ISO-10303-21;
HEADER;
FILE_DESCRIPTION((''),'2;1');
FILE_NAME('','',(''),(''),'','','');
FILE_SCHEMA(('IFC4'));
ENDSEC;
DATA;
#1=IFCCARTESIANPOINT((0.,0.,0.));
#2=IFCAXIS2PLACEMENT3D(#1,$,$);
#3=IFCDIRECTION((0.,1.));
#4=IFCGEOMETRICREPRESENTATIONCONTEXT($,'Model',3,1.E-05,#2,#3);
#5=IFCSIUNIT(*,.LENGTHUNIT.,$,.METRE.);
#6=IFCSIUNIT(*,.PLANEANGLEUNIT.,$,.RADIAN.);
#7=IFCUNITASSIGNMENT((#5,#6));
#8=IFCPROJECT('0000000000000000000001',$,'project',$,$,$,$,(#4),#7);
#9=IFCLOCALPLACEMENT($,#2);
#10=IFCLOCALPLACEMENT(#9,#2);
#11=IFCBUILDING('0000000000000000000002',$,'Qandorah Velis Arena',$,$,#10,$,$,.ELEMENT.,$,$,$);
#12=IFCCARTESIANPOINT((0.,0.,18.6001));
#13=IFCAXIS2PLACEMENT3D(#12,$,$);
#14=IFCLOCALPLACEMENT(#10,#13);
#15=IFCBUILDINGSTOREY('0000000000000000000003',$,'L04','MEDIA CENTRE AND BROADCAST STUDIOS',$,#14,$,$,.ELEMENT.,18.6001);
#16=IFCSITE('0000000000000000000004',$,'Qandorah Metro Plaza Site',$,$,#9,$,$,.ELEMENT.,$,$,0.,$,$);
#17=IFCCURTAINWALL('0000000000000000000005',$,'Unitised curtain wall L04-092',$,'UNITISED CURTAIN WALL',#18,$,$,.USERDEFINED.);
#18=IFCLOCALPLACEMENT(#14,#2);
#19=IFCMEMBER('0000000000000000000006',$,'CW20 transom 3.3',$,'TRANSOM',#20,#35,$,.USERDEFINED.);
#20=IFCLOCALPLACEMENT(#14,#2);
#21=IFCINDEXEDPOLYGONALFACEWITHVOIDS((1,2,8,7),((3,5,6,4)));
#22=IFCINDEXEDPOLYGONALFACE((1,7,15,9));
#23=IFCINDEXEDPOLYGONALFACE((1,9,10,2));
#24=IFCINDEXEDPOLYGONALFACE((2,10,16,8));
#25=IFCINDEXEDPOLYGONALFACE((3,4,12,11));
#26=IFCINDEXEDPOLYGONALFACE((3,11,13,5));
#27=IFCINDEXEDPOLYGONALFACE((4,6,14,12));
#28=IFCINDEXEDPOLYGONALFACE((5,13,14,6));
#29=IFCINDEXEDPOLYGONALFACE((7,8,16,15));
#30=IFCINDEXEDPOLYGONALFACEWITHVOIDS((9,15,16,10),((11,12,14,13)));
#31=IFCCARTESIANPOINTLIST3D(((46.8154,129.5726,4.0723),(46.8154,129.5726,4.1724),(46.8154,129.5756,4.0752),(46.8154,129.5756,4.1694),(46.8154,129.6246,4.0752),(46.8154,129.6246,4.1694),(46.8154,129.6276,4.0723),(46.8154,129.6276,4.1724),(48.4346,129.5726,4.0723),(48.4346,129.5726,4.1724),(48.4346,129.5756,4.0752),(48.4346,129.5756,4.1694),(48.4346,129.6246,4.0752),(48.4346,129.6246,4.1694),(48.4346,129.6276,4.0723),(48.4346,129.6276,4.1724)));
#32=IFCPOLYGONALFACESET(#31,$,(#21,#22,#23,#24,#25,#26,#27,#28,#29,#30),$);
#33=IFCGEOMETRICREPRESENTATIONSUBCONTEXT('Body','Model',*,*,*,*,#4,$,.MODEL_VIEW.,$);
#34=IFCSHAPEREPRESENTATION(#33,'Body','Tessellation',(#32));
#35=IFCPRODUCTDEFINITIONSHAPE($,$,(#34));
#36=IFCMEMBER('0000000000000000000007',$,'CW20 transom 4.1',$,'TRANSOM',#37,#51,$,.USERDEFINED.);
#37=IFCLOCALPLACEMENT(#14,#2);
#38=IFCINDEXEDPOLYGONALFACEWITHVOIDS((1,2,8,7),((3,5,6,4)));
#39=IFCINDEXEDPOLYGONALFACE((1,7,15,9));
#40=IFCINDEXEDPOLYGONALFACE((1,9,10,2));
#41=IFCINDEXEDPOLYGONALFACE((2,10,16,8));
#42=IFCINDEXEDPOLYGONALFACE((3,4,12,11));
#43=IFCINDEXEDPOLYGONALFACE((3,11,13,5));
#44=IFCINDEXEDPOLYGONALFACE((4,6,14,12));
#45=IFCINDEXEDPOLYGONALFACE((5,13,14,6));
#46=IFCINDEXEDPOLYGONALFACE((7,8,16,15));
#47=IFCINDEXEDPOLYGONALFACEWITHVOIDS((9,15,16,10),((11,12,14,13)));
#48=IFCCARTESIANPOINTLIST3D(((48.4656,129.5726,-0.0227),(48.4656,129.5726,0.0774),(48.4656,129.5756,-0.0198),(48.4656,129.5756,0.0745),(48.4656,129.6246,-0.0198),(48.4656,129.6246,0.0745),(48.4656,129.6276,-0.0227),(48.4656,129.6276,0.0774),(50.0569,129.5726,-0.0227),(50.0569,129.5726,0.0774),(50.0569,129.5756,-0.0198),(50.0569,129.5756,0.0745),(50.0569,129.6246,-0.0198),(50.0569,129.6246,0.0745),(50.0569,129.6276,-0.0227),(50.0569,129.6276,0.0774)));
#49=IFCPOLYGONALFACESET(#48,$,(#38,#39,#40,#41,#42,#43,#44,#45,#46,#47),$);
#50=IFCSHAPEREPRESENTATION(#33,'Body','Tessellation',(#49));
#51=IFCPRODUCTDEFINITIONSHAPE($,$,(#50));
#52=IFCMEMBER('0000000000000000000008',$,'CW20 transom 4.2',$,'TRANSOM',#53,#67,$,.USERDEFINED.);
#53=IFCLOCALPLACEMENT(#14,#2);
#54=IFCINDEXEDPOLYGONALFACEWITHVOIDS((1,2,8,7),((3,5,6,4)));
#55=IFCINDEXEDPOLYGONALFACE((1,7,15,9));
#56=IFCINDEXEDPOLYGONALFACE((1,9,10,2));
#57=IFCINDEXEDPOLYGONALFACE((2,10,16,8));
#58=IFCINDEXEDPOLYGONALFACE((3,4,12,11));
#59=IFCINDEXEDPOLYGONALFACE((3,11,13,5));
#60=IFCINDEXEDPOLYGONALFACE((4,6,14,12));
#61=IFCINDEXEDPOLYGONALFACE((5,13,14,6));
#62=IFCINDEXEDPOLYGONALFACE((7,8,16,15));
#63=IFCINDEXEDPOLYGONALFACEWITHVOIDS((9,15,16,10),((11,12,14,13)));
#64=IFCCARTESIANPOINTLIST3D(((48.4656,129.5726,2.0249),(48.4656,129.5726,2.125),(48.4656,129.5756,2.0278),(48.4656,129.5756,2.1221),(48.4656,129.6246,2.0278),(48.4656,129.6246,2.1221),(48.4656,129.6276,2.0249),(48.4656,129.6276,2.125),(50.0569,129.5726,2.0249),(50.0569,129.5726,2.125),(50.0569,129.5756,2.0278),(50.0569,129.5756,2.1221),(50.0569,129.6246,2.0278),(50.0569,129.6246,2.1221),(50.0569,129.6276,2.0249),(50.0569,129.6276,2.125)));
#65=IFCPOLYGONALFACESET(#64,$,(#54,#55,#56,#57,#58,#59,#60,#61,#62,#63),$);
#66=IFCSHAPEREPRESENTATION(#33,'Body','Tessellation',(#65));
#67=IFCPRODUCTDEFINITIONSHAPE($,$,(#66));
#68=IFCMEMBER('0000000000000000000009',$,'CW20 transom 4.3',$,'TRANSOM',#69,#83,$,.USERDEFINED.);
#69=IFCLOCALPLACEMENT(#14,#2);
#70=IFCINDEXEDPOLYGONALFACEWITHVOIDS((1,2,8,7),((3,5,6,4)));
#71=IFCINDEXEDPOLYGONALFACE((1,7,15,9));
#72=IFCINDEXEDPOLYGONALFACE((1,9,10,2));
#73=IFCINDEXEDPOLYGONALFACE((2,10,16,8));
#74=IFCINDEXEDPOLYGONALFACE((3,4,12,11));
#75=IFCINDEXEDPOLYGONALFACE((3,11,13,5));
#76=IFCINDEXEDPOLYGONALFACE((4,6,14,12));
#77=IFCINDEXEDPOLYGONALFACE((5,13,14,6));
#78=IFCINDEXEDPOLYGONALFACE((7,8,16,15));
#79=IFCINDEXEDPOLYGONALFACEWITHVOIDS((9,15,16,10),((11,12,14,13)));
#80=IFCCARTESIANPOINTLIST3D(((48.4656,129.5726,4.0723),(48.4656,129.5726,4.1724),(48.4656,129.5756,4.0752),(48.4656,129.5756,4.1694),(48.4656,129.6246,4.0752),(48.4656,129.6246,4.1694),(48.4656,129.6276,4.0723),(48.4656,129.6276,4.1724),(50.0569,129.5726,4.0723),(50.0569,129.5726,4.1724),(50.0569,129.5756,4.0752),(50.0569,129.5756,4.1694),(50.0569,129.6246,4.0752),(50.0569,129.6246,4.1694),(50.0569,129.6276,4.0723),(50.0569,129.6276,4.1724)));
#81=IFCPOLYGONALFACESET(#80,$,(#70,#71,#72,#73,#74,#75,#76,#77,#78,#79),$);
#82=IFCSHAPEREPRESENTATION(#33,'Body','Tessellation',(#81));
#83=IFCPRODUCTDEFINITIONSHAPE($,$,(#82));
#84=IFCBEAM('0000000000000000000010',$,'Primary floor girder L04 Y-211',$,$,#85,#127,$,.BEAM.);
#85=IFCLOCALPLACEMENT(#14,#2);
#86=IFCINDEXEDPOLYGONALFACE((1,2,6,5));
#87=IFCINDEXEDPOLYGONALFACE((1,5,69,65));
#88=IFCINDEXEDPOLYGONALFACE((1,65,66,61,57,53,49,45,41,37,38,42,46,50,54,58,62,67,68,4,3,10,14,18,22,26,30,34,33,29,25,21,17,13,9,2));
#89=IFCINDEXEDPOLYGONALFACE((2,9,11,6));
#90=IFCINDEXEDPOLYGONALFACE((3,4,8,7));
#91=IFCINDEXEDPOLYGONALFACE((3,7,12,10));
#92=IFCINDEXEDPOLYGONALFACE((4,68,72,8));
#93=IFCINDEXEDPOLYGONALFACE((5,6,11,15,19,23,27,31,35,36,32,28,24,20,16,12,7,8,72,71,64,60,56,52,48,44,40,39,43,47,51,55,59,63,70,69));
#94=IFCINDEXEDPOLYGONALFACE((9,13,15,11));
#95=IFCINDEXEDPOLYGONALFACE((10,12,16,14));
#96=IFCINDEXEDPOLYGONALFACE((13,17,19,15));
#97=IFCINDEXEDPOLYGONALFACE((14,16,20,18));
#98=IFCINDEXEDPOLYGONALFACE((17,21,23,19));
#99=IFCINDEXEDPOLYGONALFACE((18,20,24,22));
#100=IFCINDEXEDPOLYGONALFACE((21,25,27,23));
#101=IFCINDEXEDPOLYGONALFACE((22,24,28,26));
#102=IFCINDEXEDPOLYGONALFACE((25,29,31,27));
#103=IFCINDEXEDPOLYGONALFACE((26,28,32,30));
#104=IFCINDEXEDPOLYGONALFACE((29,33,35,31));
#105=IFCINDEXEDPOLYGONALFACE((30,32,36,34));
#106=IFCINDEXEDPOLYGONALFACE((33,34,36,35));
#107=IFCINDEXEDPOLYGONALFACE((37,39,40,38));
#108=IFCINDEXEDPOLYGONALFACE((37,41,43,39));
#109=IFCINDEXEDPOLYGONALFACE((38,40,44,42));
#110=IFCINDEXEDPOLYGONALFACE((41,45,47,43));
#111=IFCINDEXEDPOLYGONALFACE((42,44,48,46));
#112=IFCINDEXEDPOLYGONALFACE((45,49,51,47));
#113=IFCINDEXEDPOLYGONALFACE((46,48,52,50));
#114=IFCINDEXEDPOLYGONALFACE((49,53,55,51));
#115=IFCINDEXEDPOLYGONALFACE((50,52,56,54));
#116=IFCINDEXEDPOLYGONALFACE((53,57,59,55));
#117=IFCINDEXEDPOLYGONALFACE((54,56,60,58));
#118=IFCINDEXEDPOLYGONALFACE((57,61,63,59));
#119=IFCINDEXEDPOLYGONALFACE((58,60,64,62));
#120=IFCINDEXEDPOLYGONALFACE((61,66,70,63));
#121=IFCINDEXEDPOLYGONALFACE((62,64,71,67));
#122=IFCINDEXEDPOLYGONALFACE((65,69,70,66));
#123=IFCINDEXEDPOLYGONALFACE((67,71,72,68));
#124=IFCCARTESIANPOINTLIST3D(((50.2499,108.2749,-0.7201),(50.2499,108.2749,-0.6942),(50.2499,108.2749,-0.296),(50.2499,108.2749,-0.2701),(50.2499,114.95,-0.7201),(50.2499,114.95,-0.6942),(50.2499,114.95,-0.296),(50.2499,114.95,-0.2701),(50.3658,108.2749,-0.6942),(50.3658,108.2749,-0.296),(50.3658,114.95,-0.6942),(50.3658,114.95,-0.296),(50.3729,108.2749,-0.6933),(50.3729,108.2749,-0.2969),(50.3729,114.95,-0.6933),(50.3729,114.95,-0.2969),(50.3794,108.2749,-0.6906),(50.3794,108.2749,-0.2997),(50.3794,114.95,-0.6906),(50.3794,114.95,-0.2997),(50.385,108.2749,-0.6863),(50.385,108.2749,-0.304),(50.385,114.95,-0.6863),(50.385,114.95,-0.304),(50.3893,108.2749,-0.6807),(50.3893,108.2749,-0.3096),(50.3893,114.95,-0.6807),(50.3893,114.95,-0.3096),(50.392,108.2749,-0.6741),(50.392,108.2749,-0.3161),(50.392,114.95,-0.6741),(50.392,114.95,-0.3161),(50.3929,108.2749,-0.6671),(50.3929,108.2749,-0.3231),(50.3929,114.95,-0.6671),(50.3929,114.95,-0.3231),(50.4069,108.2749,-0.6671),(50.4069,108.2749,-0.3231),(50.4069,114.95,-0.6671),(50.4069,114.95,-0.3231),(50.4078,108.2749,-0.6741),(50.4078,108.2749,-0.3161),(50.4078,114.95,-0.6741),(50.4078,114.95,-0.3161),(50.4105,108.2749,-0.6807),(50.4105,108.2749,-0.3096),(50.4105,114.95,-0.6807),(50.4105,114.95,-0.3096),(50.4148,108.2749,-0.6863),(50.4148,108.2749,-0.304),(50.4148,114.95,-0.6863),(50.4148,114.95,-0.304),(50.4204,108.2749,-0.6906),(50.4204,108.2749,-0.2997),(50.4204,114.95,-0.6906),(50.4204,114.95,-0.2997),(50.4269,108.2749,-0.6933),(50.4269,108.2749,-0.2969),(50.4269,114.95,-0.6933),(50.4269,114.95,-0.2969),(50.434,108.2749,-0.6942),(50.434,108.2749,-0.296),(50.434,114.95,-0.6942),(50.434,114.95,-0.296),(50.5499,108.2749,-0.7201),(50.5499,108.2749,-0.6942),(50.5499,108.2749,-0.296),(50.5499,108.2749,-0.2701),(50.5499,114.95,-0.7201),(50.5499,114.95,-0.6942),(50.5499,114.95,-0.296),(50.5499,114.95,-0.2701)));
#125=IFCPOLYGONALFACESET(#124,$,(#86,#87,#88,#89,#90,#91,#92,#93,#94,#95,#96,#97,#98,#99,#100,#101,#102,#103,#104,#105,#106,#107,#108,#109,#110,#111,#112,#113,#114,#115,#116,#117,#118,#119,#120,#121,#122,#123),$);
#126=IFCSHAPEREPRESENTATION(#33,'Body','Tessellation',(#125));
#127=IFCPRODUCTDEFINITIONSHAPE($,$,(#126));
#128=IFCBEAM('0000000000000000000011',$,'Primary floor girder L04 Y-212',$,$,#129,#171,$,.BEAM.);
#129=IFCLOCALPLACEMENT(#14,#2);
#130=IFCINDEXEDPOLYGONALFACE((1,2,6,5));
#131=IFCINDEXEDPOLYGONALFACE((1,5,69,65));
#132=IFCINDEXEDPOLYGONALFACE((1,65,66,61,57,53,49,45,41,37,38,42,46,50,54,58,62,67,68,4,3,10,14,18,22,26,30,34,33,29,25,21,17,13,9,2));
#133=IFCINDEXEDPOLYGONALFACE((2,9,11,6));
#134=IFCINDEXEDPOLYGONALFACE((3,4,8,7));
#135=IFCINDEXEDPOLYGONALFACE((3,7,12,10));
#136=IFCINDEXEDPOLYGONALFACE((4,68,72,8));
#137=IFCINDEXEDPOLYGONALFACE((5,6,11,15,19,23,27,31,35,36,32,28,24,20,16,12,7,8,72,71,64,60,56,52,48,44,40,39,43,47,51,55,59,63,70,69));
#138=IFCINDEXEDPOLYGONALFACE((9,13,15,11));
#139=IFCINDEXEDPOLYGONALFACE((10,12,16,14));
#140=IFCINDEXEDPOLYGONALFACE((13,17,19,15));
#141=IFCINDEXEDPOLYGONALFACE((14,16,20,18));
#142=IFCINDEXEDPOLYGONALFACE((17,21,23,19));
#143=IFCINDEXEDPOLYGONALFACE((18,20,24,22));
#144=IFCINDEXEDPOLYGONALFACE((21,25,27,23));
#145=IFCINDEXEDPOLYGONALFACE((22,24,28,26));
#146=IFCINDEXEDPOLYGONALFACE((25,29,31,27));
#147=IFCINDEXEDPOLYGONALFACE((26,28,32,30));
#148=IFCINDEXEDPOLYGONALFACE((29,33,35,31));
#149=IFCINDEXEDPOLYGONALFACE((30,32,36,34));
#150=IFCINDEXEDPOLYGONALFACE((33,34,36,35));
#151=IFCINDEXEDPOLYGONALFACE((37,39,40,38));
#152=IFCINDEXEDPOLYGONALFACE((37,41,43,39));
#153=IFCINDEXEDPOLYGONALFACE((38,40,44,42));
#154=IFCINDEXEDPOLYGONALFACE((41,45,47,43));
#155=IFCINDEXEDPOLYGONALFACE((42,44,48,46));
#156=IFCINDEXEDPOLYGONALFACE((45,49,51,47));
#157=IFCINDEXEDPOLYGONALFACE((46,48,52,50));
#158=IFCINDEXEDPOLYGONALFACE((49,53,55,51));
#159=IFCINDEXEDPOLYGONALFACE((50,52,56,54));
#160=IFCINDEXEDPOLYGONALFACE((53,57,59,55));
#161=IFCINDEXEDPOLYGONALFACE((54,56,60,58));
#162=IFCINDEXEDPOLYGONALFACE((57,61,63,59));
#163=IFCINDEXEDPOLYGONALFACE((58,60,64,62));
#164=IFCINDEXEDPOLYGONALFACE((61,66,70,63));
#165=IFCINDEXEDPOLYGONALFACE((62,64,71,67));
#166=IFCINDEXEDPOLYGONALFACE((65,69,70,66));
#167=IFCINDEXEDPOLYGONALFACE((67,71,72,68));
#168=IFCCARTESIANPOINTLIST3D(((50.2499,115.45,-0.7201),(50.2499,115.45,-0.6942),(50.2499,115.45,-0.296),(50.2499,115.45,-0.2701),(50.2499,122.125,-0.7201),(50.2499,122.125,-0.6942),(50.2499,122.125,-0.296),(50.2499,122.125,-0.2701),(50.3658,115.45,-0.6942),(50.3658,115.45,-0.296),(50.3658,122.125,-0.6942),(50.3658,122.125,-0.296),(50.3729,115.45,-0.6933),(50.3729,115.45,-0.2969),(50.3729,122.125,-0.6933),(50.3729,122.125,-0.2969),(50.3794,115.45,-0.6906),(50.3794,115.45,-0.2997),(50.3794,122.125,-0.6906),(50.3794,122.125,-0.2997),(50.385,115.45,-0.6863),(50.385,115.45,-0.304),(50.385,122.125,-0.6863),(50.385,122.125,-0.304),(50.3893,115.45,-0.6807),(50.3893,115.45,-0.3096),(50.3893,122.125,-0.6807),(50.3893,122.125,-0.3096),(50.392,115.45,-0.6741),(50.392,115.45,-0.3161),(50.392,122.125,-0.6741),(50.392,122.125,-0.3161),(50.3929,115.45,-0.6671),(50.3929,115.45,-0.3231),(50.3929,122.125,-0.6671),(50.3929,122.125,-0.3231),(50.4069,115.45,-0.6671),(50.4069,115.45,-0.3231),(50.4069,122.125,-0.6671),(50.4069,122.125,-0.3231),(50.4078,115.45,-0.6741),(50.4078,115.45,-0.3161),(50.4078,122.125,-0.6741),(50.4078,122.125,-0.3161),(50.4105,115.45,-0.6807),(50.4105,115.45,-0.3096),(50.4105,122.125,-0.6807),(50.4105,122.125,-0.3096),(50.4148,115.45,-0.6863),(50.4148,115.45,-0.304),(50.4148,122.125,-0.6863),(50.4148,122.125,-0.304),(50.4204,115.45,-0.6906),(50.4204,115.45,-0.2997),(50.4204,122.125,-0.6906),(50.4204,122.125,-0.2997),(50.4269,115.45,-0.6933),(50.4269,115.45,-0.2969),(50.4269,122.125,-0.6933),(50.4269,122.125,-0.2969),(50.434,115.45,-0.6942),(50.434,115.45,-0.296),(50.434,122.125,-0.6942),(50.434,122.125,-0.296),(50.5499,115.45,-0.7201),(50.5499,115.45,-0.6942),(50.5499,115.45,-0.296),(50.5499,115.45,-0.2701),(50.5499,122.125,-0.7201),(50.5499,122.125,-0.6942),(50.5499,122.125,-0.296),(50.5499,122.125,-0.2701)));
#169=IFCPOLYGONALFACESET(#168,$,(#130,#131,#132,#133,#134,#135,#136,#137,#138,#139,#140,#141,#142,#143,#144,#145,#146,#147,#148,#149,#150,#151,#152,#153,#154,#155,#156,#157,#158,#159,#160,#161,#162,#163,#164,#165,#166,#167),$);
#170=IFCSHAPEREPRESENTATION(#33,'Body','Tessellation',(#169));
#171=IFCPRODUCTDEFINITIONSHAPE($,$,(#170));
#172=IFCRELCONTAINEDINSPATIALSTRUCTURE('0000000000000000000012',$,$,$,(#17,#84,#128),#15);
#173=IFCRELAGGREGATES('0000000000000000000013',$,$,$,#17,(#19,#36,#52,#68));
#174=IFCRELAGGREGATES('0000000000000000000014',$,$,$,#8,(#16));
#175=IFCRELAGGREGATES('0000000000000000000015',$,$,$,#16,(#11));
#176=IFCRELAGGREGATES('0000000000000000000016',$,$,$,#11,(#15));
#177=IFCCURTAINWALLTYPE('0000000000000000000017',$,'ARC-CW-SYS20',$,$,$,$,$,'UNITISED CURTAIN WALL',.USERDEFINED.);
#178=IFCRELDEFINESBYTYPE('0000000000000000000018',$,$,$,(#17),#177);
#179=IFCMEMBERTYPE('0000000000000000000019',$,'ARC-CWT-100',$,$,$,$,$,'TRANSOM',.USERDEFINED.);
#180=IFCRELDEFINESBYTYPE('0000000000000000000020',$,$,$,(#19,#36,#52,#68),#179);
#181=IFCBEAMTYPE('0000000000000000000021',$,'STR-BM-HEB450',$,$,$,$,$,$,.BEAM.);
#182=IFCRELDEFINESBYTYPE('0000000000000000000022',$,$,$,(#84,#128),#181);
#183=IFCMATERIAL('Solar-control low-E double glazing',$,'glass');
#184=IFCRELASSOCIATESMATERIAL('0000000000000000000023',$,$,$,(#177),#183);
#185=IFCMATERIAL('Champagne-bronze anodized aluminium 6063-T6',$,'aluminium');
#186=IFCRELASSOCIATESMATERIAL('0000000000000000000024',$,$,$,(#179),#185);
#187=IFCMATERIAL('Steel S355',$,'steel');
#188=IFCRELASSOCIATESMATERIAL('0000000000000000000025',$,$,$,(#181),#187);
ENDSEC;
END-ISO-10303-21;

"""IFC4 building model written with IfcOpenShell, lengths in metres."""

from ifc_helpers import new_model, si_unit, direction, frame, origin, origin_2d, place, context, subcontext, project, spatial, hollow_rectangle, i_section, extrude, material, material_profile, profile_set, type_object, element, aggregate, save


model = new_model("IFC4")

# Units and contexts
model_context = context("Model", 3, precision=1e-05, world=origin(), true_north=direction((0.0, 1.0)))
body_context = subcontext(model_context, "Body", "Model", "MODEL_VIEW")
ifc_project = project(units=[si_unit("LENGTHUNIT", "METRE"), si_unit("PLANEANGLEUNIT", "RADIAN")], contexts=[model_context])

# Site, building, storey
site_placement = place(None, origin())
site = spatial("IfcSite", under=ifc_project, at=site_placement, Name="Qandorah Metro Plaza Site", CompositionType="ELEMENT", RefElevation=0.0)
building_placement = place(site_placement, origin())
building = spatial("IfcBuilding", under=site, at=building_placement, Name="Qandorah Velis Arena", CompositionType="ELEMENT")
storey_placement = place(building_placement, frame((0.0, 0.0, 18.6001)))
storey = spatial("IfcBuildingStorey", under=building, at=storey_placement, Name="L04", Description="MEDIA CENTRE AND BROADCAST STUDIOS", CompositionType="ELEMENT", Elevation=18.6001)

# Shared definitions
ifc_material_1 = material(Name="Steel S355", Category="steel")

# Curtain wall, members
ifc_material_2 = material(Name="Solar-control low-E double glazing", Category="glass")
curtain_wall_type = type_object("IfcCurtainWallType", Name="ARC-CW-SYS20", ElementType="UNITISED CURTAIN WALL", PredefinedType="USERDEFINED", material=ifc_material_2)
curtain_wall_placement = place(storey_placement, origin())
curtain_wall = element("IfcCurtainWall", 1, at=curtain_wall_placement, inside=storey, type_object=curtain_wall_type, Name="Unitised curtain wall L04-092", ObjectType="UNITISED CURTAIN WALL", PredefinedType="USERDEFINED")
ifc_material_3 = material(Name="Champagne-bronze anodized aluminium 6063-T6", Category="aluminium")
ifc_material_profile_1 = material_profile(ifc_material_3, hollow_rectangle(XDim=0.0549, YDim=0.1001, WallThickness=0.0029, at=origin_2d()), Name="ALU TRANSOM 55x100")
ifc_profile_set_1 = profile_set([ifc_material_profile_1], Name="Champagne-bronze anodized aluminium 6063-T6")
member_type_1 = type_object("IfcMemberType", Name="ARC-CWT-100", ElementType="TRANSOM", PredefinedType="USERDEFINED", material=ifc_profile_set_1)
member_1_placement = place(storey_placement, frame((46.8154, 129.6001, 4.1223), z_axis=(1.0, 0.0, 0.0), x_axis=(0.0, 1.0, 0.0)))
member_1 = element("IfcMember", 2, at=member_1_placement, type_object=member_type_1, Name="CW20 transom 3.3", ObjectType="TRANSOM", PredefinedType="USERDEFINED", context=body_context, shape_type="SweptSolid", body=[
    extrude(hollow_rectangle(XDim=0.0549, YDim=0.1001, WallThickness=0.0029, at=origin_2d()), origin(), (0.0, 0.0, 1.0), 1.6191),
])
member_2_placement = place(storey_placement, frame((48.4656, 129.6001, 0.0273), z_axis=(1.0, 0.0, 0.0), x_axis=(0.0, 1.0, 0.0)))
member_2 = element("IfcMember", 3, at=member_2_placement, type_object=member_type_1, Name="CW20 transom 4.1", ObjectType="TRANSOM", PredefinedType="USERDEFINED", context=body_context, shape_type="SweptSolid", body=[
    extrude(hollow_rectangle(XDim=0.0549, YDim=0.1001, WallThickness=0.0029, at=origin_2d()), origin(), (0.0, 0.0, 1.0), 1.5913),
])
member_3_placement = place(storey_placement, frame((48.4656, 129.6001, 2.075), z_axis=(1.0, 0.0, 0.0), x_axis=(0.0, 1.0, 0.0)))
member_3 = element("IfcMember", 4, at=member_3_placement, type_object=member_type_1, Name="CW20 transom 4.2", ObjectType="TRANSOM", PredefinedType="USERDEFINED", context=body_context, shape_type="SweptSolid", body=[
    extrude(hollow_rectangle(XDim=0.0549, YDim=0.1001, WallThickness=0.0029, at=origin_2d()), origin(), (0.0, 0.0, 1.0), 1.5913),
])
member_4_placement = place(storey_placement, frame((48.4656, 129.6001, 4.1223), z_axis=(1.0, 0.0, 0.0), x_axis=(0.0, 1.0, 0.0)))
member_4 = element("IfcMember", 5, at=member_4_placement, type_object=member_type_1, Name="CW20 transom 4.3", ObjectType="TRANSOM", PredefinedType="USERDEFINED", context=body_context, shape_type="SweptSolid", body=[
    extrude(hollow_rectangle(XDim=0.0549, YDim=0.1001, WallThickness=0.0029, at=origin_2d()), origin(), (0.0, 0.0, 1.0), 1.5913),
])

# Beams
ifc_material_profile_2 = material_profile(ifc_material_1, i_section(OverallWidth=0.3, OverallDepth=0.45, WebThickness=0.0139, FlangeThickness=0.0259, FilletRadius=0.0271, at=origin_2d()), Name="HEB 450")
ifc_profile_set_2 = profile_set([ifc_material_profile_2], Name="Steel S355")
beam_type_1 = type_object("IfcBeamType", Name="STR-BM-HEB450", PredefinedType="BEAM", material=ifc_profile_set_2)
for number, where, z_axis, x_axis, name in (
    (6, (50.3999, 108.2749, -0.4951), (0.0, 1.0, 0.0), (-1.0, 0.0, 0.0), "Primary floor girder L04 Y-211"),
    (7, (50.3999, 115.45, -0.4951), (0.0, 1.0, 0.0), (-1.0, 0.0, 0.0), "Primary floor girder L04 Y-212"),
):
    element("IfcBeam", number, at=place(storey_placement, frame(where, z_axis=z_axis, x_axis=x_axis)), inside=storey, type_object=beam_type_1, Name=name, PredefinedType="BEAM", context=body_context, shape_type="SweptSolid", body=[
        extrude(i_section(OverallWidth=0.3, OverallDepth=0.45, WebThickness=0.0139, FlangeThickness=0.0259, FilletRadius=0.0271, at=origin_2d()), origin(), (0.0, 0.0, 1.0), 6.675),
    ])

aggregate(curtain_wall, [member_1, member_2, member_3, member_4])

save(model, "model.ifc")
